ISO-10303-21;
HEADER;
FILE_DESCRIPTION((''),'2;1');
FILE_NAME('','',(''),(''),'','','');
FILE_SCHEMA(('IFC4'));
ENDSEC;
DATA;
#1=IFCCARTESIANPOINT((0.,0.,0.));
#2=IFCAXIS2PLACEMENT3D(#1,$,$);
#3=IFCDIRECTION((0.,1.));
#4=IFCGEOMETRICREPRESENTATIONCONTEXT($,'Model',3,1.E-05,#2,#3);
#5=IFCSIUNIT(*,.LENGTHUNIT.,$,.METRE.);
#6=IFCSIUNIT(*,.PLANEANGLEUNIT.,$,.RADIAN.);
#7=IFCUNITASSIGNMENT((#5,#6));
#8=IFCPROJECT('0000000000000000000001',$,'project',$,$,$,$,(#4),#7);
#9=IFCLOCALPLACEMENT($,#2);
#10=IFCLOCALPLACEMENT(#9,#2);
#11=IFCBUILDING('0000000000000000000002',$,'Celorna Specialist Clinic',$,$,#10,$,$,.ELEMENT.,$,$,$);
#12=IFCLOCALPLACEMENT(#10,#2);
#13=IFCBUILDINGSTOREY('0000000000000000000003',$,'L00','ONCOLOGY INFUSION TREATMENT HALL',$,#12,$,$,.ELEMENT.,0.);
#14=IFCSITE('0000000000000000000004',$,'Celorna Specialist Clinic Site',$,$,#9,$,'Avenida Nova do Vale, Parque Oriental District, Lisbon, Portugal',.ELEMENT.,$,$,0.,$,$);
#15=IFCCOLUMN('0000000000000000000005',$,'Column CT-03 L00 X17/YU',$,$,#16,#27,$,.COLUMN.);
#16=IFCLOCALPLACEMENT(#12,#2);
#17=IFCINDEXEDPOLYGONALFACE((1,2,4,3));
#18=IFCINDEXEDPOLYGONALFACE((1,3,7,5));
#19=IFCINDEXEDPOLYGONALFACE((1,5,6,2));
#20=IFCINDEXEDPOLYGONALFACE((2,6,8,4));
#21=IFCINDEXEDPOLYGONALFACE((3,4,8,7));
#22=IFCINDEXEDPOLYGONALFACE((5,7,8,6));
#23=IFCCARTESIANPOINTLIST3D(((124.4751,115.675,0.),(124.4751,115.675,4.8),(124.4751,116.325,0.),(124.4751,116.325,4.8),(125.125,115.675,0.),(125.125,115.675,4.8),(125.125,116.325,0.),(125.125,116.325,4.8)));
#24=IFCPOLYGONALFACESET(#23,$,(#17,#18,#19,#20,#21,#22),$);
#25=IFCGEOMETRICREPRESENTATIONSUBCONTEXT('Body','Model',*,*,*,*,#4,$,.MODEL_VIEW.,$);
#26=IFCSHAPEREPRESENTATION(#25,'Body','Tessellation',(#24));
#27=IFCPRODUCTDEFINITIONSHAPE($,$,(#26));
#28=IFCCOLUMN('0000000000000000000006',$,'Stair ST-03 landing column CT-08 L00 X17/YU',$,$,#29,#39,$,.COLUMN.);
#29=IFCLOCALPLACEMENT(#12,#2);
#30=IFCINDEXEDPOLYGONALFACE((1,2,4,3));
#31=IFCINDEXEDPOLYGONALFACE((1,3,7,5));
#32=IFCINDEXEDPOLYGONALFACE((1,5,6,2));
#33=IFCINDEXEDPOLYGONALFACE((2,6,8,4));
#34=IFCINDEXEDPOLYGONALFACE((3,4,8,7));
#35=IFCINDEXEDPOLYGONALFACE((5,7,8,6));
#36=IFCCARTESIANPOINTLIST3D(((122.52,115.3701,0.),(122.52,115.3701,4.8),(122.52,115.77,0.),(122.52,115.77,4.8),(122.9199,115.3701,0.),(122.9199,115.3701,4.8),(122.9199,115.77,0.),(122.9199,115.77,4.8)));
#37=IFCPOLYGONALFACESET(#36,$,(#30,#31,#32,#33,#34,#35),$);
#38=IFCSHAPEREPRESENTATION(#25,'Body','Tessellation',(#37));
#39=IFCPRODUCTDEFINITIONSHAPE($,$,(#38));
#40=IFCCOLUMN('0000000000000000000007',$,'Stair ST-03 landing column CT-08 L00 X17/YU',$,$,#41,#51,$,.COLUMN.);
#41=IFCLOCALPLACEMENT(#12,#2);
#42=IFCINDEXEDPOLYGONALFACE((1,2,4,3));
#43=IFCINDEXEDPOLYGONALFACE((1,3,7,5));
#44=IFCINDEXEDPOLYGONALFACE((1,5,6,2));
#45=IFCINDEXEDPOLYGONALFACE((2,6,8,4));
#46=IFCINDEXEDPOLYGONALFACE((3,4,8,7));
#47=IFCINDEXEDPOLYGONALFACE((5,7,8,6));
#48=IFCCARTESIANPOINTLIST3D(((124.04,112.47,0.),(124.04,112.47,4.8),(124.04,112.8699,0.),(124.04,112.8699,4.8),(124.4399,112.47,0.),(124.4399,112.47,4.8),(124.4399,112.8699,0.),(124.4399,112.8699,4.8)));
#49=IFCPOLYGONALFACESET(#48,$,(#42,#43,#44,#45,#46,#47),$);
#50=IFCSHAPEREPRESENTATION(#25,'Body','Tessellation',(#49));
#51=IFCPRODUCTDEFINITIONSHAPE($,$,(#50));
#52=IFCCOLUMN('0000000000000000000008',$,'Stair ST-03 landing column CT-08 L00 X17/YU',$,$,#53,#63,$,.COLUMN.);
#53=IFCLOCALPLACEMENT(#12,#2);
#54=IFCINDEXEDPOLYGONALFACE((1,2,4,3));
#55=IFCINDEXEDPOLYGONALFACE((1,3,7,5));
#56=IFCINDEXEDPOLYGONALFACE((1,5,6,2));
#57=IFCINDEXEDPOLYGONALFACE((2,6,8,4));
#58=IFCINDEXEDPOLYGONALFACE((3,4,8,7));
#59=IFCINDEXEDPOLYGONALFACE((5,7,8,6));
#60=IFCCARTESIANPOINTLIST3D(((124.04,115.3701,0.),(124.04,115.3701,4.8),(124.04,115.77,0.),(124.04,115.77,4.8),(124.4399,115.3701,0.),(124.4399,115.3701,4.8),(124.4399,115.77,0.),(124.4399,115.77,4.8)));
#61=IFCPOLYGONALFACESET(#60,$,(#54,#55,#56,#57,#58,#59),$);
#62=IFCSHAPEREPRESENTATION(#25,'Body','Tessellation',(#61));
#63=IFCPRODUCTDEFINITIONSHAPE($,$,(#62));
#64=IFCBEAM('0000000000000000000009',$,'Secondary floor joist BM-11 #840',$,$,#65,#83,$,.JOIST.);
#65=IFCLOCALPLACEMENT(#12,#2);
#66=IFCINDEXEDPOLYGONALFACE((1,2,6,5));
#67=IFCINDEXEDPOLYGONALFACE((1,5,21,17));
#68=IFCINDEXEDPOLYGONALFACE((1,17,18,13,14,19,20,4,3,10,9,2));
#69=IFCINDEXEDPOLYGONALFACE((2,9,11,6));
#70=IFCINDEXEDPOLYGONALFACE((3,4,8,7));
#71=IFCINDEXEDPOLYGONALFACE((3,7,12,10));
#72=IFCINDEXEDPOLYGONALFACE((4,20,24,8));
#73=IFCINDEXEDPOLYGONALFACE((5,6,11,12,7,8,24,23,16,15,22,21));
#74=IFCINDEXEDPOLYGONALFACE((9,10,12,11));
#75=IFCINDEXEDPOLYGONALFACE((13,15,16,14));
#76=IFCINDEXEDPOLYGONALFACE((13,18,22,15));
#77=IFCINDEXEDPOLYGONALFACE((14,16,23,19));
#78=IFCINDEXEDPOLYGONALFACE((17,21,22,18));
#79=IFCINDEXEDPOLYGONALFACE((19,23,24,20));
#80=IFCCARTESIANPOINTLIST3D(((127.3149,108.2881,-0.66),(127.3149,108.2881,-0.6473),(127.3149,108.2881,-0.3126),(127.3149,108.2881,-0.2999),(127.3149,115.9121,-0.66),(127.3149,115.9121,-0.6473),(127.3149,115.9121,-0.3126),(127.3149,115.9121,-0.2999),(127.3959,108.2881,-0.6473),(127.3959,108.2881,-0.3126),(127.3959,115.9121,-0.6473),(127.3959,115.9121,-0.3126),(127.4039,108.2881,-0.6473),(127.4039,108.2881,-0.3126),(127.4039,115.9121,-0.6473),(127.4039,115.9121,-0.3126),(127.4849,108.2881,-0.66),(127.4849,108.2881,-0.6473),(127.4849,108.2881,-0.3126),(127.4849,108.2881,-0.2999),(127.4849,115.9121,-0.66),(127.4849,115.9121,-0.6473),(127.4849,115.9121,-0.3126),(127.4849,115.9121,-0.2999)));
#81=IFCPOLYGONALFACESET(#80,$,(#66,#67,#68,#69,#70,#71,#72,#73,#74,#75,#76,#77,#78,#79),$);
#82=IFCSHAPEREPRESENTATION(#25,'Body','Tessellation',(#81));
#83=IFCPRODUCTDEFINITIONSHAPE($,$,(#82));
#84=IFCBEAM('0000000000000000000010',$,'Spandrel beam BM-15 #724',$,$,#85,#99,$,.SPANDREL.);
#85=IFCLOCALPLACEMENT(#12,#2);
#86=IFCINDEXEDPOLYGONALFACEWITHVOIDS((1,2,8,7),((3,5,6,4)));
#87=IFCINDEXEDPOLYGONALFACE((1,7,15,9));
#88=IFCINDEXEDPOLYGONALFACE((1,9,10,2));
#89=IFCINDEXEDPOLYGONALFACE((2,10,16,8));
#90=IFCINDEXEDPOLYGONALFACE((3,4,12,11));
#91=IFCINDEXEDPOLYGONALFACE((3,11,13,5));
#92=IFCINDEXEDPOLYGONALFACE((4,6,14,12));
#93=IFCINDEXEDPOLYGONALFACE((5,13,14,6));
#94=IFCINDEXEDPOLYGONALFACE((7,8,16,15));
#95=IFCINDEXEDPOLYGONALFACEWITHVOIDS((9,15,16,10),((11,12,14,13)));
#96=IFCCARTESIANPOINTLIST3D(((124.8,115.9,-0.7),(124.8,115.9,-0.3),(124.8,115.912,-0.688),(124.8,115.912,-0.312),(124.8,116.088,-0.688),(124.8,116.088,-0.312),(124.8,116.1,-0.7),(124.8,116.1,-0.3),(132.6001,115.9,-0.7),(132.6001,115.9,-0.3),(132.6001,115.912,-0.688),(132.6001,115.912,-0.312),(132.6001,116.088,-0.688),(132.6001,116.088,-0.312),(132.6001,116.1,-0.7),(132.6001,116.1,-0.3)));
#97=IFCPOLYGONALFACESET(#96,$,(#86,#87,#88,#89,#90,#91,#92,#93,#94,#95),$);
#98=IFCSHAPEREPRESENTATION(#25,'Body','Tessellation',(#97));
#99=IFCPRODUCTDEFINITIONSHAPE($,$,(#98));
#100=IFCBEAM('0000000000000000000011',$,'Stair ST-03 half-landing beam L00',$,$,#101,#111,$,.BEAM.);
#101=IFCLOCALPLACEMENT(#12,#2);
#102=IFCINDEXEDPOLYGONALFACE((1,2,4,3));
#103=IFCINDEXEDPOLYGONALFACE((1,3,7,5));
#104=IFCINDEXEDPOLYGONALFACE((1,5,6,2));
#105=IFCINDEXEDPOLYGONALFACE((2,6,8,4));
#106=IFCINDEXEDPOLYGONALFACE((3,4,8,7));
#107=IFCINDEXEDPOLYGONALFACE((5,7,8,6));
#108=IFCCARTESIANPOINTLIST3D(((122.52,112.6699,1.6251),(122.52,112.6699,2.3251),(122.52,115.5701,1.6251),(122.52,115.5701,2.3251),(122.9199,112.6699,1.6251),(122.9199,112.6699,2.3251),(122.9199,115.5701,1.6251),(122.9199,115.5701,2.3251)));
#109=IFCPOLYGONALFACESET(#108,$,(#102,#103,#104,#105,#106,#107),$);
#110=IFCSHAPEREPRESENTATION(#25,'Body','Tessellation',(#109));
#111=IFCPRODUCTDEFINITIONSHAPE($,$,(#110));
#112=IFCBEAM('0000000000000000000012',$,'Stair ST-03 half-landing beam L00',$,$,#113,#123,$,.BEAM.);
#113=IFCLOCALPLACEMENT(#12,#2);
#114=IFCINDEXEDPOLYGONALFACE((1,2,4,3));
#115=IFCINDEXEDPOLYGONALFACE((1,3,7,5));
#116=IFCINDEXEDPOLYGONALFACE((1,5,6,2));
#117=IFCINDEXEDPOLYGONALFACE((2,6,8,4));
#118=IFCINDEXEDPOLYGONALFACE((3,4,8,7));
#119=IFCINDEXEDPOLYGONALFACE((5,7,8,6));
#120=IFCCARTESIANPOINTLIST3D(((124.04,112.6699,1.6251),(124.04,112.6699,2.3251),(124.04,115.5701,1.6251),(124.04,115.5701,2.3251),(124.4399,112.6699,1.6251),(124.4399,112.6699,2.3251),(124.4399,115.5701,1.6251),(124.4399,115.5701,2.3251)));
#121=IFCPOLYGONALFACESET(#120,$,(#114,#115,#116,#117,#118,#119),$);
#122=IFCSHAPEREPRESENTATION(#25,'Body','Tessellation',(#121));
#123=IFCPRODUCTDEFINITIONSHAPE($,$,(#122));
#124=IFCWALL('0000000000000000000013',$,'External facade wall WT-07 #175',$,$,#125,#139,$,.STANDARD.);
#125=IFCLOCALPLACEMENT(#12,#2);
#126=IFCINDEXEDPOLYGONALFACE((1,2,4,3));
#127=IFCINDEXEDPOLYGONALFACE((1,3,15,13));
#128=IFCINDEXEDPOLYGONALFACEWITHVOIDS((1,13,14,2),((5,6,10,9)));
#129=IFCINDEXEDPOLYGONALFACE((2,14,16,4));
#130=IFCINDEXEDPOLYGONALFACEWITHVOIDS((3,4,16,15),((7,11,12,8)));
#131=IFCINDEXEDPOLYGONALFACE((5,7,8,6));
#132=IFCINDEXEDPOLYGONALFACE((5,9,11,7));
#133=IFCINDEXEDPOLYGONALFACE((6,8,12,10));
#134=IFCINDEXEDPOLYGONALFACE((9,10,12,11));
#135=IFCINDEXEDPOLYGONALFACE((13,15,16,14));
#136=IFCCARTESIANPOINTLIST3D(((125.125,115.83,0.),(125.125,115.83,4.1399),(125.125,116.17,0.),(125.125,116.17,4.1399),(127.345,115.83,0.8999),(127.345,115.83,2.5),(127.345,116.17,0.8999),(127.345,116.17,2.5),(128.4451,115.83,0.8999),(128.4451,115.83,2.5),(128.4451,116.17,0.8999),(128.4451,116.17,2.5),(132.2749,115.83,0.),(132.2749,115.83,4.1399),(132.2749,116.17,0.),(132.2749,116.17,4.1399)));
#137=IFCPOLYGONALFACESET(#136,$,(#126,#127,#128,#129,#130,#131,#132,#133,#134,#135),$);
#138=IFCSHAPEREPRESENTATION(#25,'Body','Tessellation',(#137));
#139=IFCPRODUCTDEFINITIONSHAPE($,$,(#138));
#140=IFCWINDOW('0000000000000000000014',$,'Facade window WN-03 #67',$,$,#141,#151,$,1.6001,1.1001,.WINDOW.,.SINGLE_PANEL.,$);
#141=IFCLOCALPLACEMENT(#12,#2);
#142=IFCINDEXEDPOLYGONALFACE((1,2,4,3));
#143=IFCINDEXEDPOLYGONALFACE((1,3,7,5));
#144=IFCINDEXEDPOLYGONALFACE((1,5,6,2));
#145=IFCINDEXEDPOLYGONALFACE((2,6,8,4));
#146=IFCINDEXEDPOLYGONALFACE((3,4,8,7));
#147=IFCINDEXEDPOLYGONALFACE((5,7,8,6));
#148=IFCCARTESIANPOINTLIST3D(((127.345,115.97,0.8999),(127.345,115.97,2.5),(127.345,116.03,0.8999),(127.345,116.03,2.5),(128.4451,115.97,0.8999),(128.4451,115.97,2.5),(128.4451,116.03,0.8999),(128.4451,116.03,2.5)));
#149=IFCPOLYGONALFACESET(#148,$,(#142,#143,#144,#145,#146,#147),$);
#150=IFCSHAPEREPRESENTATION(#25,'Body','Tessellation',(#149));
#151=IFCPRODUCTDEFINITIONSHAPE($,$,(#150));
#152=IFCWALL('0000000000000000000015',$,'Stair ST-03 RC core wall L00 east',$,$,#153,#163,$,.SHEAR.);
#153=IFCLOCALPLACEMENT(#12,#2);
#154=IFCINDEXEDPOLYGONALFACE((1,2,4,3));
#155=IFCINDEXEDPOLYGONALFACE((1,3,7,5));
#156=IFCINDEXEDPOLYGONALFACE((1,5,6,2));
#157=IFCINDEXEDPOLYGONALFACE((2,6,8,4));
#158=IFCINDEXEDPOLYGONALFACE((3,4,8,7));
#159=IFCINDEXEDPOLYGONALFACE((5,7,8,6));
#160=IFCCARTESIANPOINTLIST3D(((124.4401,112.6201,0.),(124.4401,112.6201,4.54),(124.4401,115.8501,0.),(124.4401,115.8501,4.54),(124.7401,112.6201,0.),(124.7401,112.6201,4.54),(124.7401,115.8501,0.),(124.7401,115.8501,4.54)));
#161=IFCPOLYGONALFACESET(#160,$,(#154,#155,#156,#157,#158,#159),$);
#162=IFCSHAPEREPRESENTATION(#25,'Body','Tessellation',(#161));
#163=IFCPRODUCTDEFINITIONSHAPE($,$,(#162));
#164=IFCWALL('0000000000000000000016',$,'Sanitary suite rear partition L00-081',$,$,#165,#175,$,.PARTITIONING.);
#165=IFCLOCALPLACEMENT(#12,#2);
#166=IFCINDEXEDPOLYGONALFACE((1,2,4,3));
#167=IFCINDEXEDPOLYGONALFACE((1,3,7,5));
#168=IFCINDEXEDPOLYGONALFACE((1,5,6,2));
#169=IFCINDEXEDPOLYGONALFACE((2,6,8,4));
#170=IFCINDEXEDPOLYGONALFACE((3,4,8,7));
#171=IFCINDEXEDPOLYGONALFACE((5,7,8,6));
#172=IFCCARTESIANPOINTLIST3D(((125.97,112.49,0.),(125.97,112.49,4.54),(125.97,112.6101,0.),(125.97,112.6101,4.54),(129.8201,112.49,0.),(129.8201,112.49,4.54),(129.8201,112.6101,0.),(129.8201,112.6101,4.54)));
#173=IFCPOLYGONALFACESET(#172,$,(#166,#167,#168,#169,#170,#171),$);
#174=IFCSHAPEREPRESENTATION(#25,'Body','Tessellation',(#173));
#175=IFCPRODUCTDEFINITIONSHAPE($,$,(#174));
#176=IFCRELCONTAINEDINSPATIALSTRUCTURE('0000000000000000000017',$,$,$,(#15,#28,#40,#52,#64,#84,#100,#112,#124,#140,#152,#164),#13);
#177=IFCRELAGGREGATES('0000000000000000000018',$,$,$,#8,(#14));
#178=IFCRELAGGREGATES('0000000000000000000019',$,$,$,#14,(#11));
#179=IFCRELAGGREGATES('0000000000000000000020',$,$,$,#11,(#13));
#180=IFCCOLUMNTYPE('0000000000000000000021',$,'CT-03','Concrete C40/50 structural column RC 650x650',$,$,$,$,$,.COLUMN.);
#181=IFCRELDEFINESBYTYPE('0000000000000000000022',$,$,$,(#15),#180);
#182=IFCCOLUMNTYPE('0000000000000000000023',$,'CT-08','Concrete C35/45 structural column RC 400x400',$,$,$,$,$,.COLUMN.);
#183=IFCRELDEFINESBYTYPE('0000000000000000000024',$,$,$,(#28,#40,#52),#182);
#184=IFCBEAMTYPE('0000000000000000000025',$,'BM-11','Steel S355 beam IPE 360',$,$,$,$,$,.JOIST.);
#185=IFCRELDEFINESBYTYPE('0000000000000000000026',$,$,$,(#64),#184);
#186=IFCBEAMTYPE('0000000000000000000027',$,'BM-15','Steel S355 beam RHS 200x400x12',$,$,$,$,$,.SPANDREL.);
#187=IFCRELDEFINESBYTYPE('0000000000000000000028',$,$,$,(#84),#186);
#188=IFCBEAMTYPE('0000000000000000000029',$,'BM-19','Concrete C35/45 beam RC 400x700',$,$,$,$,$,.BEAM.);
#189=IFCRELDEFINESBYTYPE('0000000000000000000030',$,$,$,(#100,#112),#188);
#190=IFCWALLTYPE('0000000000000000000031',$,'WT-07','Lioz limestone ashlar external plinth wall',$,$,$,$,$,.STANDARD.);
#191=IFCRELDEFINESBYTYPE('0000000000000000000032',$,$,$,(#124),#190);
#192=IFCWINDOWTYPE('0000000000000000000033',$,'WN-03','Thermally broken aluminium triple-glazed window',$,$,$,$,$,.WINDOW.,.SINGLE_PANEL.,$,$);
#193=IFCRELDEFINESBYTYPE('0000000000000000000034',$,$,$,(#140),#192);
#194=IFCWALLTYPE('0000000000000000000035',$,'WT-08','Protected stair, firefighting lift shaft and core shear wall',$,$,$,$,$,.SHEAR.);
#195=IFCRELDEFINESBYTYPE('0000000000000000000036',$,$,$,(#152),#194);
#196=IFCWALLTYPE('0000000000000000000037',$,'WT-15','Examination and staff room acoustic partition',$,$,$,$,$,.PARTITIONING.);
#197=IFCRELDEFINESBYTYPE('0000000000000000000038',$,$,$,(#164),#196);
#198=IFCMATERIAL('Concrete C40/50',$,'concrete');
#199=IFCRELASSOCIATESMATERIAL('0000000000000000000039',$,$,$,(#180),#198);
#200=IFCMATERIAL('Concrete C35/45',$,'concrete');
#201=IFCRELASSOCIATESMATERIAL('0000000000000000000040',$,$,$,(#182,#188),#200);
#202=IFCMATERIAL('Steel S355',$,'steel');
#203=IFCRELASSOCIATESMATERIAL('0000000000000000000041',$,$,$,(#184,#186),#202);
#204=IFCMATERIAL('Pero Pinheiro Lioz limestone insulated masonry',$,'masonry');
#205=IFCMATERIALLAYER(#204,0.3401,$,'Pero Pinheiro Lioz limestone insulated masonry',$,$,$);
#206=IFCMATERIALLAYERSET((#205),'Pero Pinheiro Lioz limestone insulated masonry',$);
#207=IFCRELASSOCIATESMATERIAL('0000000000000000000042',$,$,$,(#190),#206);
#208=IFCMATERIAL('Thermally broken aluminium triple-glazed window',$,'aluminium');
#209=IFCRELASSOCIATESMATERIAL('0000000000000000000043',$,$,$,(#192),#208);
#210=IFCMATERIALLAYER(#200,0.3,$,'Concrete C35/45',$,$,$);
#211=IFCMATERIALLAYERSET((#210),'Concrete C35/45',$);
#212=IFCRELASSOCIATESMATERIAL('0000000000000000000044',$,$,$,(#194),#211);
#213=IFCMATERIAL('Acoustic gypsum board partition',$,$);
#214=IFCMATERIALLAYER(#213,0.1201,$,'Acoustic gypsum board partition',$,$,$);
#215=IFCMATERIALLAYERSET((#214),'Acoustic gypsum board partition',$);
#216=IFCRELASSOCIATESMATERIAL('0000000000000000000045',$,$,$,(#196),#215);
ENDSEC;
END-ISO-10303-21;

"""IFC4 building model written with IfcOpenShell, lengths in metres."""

from ifc_helpers import new_model, si_unit, direction, frame, frame_2d, origin, origin_2d, place, context, subcontext, project, spatial, rectangle, hollow_rectangle, i_section, extrude, material, layer, layer_set, material_profile, profile_set, type_object, element, fill, save


model = new_model("IFC4")

# Units and contexts
model_context = context("Model", 3, precision=1e-05, world=origin(), true_north=direction((0.0, 1.0)))
body_context = subcontext(model_context, "Body", "Model", "MODEL_VIEW")
ifc_project = project(units=[si_unit("LENGTHUNIT", "METRE"), si_unit("PLANEANGLEUNIT", "RADIAN")], contexts=[model_context])

# Site, building, storey
site_placement = place(None, origin())
site = spatial("IfcSite", under=ifc_project, at=site_placement, Name="Celorna Specialist Clinic Site", LongName="Avenida Nova do Vale, Parque Oriental District, Lisbon, Portugal", CompositionType="ELEMENT", RefElevation=0.0)
building_placement = place(site_placement, origin())
building = spatial("IfcBuilding", under=site, at=building_placement, Name="Celorna Specialist Clinic", CompositionType="ELEMENT")
storey_placement = place(building_placement, origin())
storey = spatial("IfcBuildingStorey", under=building, at=storey_placement, Name="L00", Description="ONCOLOGY INFUSION TREATMENT HALL", CompositionType="ELEMENT", Elevation=0.0)

# Columns
ifc_material_1 = material(Name="Concrete C40/50", Category="concrete")
ifc_material_profile_1 = material_profile(ifc_material_1, rectangle(XDim=0.6499, YDim=0.6499, at=origin_2d()), Name="RC 650x650")
ifc_profile_set_1 = profile_set([ifc_material_profile_1], Name="Concrete C40/50")
column_type_1 = type_object("IfcColumnType", Name="CT-03", Description="Concrete C40/50 structural column RC 650x650", PredefinedType="COLUMN", material=ifc_profile_set_1)
column_placement = place(storey_placement, frame((124.8, 116.0, 0.0), z_axis=(0.0, 0.0, 1.0), x_axis=(1.0, 0.0, 0.0)))
element("IfcColumn", 1, at=column_placement, inside=storey, type_object=column_type_1, Name="Column CT-03 L00 X17/YU", PredefinedType="COLUMN", context=body_context, shape_type="SweptSolid", body=[
    extrude(rectangle(XDim=0.6499, YDim=0.6499, at=origin_2d()), origin(), (0.0, 0.0, 1.0), 4.8),
])
ifc_material_2 = material(Name="Concrete C35/45", Category="concrete")
ifc_material_profile_2 = material_profile(ifc_material_2, rectangle(XDim=0.3999, YDim=0.3999, at=origin_2d()), Name="RC 400x400")
ifc_profile_set_2 = profile_set([ifc_material_profile_2], Name="Concrete C35/45")
column_type_2 = type_object("IfcColumnType", Name="CT-08", Description="Concrete C35/45 structural column RC 400x400", PredefinedType="COLUMN", material=ifc_profile_set_2)
for number, where, z_axis, x_axis, name in (
    (2, (122.72, 115.5701, 0.0), (0.0, 0.0, 1.0), (1.0, 0.0, 0.0), "Stair ST-03 landing column CT-08 L00 X17/YU"),
    (3, (124.24, 112.6699, 0.0), (0.0, 0.0, 1.0), (1.0, 0.0, 0.0), "Stair ST-03 landing column CT-08 L00 X17/YU"),
    (4, (124.24, 115.5701, 0.0), (0.0, 0.0, 1.0), (1.0, 0.0, 0.0), "Stair ST-03 landing column CT-08 L00 X17/YU"),
):
    element("IfcColumn", number, at=place(storey_placement, frame(where, z_axis=z_axis, x_axis=x_axis)), inside=storey, type_object=column_type_2, Name=name, PredefinedType="COLUMN", context=body_context, shape_type="SweptSolid", body=[
        extrude(rectangle(XDim=0.3999, YDim=0.3999, at=origin_2d()), origin(), (0.0, 0.0, 1.0), 4.8),
    ])

# Beams
ifc_material_3 = material(Name="Steel S355", Category="steel")
ifc_material_profile_3 = material_profile(ifc_material_3, i_section(OverallWidth=0.1699, OverallDepth=0.3601, WebThickness=0.0081, FlangeThickness=0.0127, at=origin_2d()), Name="IPE 360")
ifc_profile_set_3 = profile_set([ifc_material_profile_3], Name="Steel S355")
beam_type_1 = type_object("IfcBeamType", Name="BM-11", Description="Steel S355 beam IPE 360", PredefinedType="JOIST", material=ifc_profile_set_3)
beam_1_placement = place(storey_placement, frame((127.3999, 108.2881, -0.48), z_axis=(0.0, 1.0, 0.0), x_axis=(-1.0, 0.0, 0.0)))
element("IfcBeam", 5, at=beam_1_placement, inside=storey, type_object=beam_type_1, Name="Secondary floor joist BM-11 #840", PredefinedType="JOIST", context=body_context, shape_type="SweptSolid", body=[
    extrude(i_section(OverallWidth=0.1699, OverallDepth=0.3601, WebThickness=0.0081, FlangeThickness=0.0127, at=origin_2d()), origin(), (0.0, 0.0, 1.0), 7.624),
])
ifc_material_profile_4 = material_profile(ifc_material_3, hollow_rectangle(XDim=0.2, YDim=0.3999, WallThickness=0.012, at=origin_2d()), Name="RHS 200x400x12")
ifc_profile_set_4 = profile_set([ifc_material_profile_4], Name="Steel S355")
beam_type_2 = type_object("IfcBeamType", Name="BM-15", Description="Steel S355 beam RHS 200x400x12", PredefinedType="SPANDREL", material=ifc_profile_set_4)
beam_2_placement = place(storey_placement, frame((124.8, 116.0, -0.5), z_axis=(1.0, 0.0, 0.0), x_axis=(0.0, 1.0, 0.0)))
element("IfcBeam", 6, at=beam_2_placement, inside=storey, type_object=beam_type_2, Name="Spandrel beam BM-15 #724", PredefinedType="SPANDREL", context=body_context, shape_type="SweptSolid", body=[
    extrude(hollow_rectangle(XDim=0.2, YDim=0.3999, WallThickness=0.012, at=origin_2d()), origin(), (0.0, 0.0, 1.0), 7.8),
])
ifc_material_profile_5 = material_profile(ifc_material_2, rectangle(XDim=0.3999, YDim=0.7, at=origin_2d()), Name="RC 400x700")
ifc_profile_set_5 = profile_set([ifc_material_profile_5], Name="Concrete C35/45")
beam_type_3 = type_object("IfcBeamType", Name="BM-19", Description="Concrete C35/45 beam RC 400x700", PredefinedType="BEAM", material=ifc_profile_set_5)
for number, where, z_axis, x_axis, name in (
    (7, (122.72, 112.6699, 1.9751), (0.0, 1.0, 0.0), (-1.0, 0.0, 0.0), "Stair ST-03 half-landing beam L00"),
    (8, (124.24, 112.6699, 1.9751), (0.0, 1.0, 0.0), (-1.0, 0.0, 0.0), "Stair ST-03 half-landing beam L00"),
):
    element("IfcBeam", number, at=place(storey_placement, frame(where, z_axis=z_axis, x_axis=x_axis)), inside=storey, type_object=beam_type_3, Name=name, PredefinedType="BEAM", context=body_context, shape_type="SweptSolid", body=[
        extrude(rectangle(XDim=0.3999, YDim=0.7, at=origin_2d()), origin(), (0.0, 0.0, 1.0), 2.9001),
    ])

# Wall, opening, window
ifc_material_4 = material(Name="Pero Pinheiro Lioz limestone insulated masonry", Category="masonry")
ifc_layer_1 = layer(ifc_material_4, 0.3401, Name="Pero Pinheiro Lioz limestone insulated masonry")
ifc_layer_set_1 = layer_set([ifc_layer_1], Name="Pero Pinheiro Lioz limestone insulated masonry")
wall_type_1 = type_object("IfcWallType", Name="WT-07", Description="Lioz limestone ashlar external plinth wall", PredefinedType="STANDARD", material=ifc_layer_set_1)
wall_1_placement = place(storey_placement, frame((125.125, 116.0, 0.0), z_axis=(0.0, 0.0, 1.0), x_axis=(1.0, 0.0, 0.0)))
wall_1 = element("IfcWall", 9, at=wall_1_placement, inside=storey, type_object=wall_type_1, Name="External facade wall WT-07 #175", PredefinedType="STANDARD", context=body_context, shape_type="SweptSolid", body=[
    extrude(rectangle(XDim=7.1499, YDim=0.3401, at=frame_2d((3.575, 0.0))), origin(), (0.0, 0.0, 1.0), 4.1399),
])
opening_placement = place(wall_1_placement, frame((2.22, 0.0, 0.8999)))
opening = element("IfcOpeningElement", 10, at=opening_placement, cuts=wall_1, PredefinedType="OPENING", context=body_context, shape_type="SweptSolid", body=[
    extrude(rectangle(XDim=1.1001, YDim=1.6001, at=frame_2d((0.55, 0.8))), frame((0.0, 0.1799, 0.0), z_axis=(0.0, -1.0, 0.0), x_axis=(1.0, 0.0, 0.0)), (0.0, 0.0, 1.0), 0.3601),
])
ifc_material_5 = material(Name="Thermally broken aluminium triple-glazed window", Category="aluminium")
window_type = type_object("IfcWindowType", Name="WN-03", Description="Thermally broken aluminium triple-glazed window", PartitioningType="SINGLE_PANEL", PredefinedType="WINDOW", material=ifc_material_5)
window_placement = place(opening_placement, origin())
window = element("IfcWindow", 11, at=window_placement, inside=storey, type_object=window_type, Name="Facade window WN-03 #67", OverallHeight=1.6001, OverallWidth=1.1001, PartitioningType="SINGLE_PANEL", PredefinedType="WINDOW", context=body_context, shape_type="SweptSolid", body=[
    extrude(rectangle(XDim=1.1001, YDim=1.6001, at=frame_2d((0.55, 0.8))), frame((0.0, 0.03, 0.0), z_axis=(0.0, -1.0, 0.0), x_axis=(1.0, 0.0, 0.0)), (0.0, 0.0, 1.0), 0.0601),
])
fill(opening, window)

# Walls
ifc_layer_2 = layer(ifc_material_2, 0.3, Name="Concrete C35/45")
ifc_layer_set_2 = layer_set([ifc_layer_2], Name="Concrete C35/45")
wall_type_2 = type_object("IfcWallType", Name="WT-08", Description="Protected stair, firefighting lift shaft and core shear wall", PredefinedType="SHEAR", material=ifc_layer_set_2)
wall_2_placement = place(storey_placement, frame((124.5901, 112.6201, 0.0), z_axis=(0.0, 0.0, 1.0), x_axis=(0.0, 1.0, 0.0)))
element("IfcWall", 12, at=wall_2_placement, inside=storey, type_object=wall_type_2, Name="Stair ST-03 RC core wall L00 east", PredefinedType="SHEAR", context=body_context, shape_type="SweptSolid", body=[
    extrude(rectangle(XDim=3.23, YDim=0.3, at=frame_2d((1.615, 0.0))), origin(), (0.0, 0.0, 1.0), 4.54),
])
ifc_material_6 = material(Name="Acoustic gypsum board partition")
ifc_layer_3 = layer(ifc_material_6, 0.1201, Name="Acoustic gypsum board partition")
ifc_layer_set_3 = layer_set([ifc_layer_3], Name="Acoustic gypsum board partition")
wall_type_3 = type_object("IfcWallType", Name="WT-15", Description="Examination and staff room acoustic partition", PredefinedType="PARTITIONING", material=ifc_layer_set_3)
wall_3_placement = place(storey_placement, frame((125.97, 112.55, 0.0), z_axis=(0.0, 0.0, 1.0), x_axis=(1.0, 0.0, 0.0)))
element("IfcWall", 13, at=wall_3_placement, inside=storey, type_object=wall_type_3, Name="Sanitary suite rear partition L00-081", PredefinedType="PARTITIONING", context=body_context, shape_type="SweptSolid", body=[
    extrude(rectangle(XDim=3.8501, YDim=0.1201, at=frame_2d((1.925, 0.0))), origin(), (0.0, 0.0, 1.0), 4.54),
])

save(model, "model.ifc")
